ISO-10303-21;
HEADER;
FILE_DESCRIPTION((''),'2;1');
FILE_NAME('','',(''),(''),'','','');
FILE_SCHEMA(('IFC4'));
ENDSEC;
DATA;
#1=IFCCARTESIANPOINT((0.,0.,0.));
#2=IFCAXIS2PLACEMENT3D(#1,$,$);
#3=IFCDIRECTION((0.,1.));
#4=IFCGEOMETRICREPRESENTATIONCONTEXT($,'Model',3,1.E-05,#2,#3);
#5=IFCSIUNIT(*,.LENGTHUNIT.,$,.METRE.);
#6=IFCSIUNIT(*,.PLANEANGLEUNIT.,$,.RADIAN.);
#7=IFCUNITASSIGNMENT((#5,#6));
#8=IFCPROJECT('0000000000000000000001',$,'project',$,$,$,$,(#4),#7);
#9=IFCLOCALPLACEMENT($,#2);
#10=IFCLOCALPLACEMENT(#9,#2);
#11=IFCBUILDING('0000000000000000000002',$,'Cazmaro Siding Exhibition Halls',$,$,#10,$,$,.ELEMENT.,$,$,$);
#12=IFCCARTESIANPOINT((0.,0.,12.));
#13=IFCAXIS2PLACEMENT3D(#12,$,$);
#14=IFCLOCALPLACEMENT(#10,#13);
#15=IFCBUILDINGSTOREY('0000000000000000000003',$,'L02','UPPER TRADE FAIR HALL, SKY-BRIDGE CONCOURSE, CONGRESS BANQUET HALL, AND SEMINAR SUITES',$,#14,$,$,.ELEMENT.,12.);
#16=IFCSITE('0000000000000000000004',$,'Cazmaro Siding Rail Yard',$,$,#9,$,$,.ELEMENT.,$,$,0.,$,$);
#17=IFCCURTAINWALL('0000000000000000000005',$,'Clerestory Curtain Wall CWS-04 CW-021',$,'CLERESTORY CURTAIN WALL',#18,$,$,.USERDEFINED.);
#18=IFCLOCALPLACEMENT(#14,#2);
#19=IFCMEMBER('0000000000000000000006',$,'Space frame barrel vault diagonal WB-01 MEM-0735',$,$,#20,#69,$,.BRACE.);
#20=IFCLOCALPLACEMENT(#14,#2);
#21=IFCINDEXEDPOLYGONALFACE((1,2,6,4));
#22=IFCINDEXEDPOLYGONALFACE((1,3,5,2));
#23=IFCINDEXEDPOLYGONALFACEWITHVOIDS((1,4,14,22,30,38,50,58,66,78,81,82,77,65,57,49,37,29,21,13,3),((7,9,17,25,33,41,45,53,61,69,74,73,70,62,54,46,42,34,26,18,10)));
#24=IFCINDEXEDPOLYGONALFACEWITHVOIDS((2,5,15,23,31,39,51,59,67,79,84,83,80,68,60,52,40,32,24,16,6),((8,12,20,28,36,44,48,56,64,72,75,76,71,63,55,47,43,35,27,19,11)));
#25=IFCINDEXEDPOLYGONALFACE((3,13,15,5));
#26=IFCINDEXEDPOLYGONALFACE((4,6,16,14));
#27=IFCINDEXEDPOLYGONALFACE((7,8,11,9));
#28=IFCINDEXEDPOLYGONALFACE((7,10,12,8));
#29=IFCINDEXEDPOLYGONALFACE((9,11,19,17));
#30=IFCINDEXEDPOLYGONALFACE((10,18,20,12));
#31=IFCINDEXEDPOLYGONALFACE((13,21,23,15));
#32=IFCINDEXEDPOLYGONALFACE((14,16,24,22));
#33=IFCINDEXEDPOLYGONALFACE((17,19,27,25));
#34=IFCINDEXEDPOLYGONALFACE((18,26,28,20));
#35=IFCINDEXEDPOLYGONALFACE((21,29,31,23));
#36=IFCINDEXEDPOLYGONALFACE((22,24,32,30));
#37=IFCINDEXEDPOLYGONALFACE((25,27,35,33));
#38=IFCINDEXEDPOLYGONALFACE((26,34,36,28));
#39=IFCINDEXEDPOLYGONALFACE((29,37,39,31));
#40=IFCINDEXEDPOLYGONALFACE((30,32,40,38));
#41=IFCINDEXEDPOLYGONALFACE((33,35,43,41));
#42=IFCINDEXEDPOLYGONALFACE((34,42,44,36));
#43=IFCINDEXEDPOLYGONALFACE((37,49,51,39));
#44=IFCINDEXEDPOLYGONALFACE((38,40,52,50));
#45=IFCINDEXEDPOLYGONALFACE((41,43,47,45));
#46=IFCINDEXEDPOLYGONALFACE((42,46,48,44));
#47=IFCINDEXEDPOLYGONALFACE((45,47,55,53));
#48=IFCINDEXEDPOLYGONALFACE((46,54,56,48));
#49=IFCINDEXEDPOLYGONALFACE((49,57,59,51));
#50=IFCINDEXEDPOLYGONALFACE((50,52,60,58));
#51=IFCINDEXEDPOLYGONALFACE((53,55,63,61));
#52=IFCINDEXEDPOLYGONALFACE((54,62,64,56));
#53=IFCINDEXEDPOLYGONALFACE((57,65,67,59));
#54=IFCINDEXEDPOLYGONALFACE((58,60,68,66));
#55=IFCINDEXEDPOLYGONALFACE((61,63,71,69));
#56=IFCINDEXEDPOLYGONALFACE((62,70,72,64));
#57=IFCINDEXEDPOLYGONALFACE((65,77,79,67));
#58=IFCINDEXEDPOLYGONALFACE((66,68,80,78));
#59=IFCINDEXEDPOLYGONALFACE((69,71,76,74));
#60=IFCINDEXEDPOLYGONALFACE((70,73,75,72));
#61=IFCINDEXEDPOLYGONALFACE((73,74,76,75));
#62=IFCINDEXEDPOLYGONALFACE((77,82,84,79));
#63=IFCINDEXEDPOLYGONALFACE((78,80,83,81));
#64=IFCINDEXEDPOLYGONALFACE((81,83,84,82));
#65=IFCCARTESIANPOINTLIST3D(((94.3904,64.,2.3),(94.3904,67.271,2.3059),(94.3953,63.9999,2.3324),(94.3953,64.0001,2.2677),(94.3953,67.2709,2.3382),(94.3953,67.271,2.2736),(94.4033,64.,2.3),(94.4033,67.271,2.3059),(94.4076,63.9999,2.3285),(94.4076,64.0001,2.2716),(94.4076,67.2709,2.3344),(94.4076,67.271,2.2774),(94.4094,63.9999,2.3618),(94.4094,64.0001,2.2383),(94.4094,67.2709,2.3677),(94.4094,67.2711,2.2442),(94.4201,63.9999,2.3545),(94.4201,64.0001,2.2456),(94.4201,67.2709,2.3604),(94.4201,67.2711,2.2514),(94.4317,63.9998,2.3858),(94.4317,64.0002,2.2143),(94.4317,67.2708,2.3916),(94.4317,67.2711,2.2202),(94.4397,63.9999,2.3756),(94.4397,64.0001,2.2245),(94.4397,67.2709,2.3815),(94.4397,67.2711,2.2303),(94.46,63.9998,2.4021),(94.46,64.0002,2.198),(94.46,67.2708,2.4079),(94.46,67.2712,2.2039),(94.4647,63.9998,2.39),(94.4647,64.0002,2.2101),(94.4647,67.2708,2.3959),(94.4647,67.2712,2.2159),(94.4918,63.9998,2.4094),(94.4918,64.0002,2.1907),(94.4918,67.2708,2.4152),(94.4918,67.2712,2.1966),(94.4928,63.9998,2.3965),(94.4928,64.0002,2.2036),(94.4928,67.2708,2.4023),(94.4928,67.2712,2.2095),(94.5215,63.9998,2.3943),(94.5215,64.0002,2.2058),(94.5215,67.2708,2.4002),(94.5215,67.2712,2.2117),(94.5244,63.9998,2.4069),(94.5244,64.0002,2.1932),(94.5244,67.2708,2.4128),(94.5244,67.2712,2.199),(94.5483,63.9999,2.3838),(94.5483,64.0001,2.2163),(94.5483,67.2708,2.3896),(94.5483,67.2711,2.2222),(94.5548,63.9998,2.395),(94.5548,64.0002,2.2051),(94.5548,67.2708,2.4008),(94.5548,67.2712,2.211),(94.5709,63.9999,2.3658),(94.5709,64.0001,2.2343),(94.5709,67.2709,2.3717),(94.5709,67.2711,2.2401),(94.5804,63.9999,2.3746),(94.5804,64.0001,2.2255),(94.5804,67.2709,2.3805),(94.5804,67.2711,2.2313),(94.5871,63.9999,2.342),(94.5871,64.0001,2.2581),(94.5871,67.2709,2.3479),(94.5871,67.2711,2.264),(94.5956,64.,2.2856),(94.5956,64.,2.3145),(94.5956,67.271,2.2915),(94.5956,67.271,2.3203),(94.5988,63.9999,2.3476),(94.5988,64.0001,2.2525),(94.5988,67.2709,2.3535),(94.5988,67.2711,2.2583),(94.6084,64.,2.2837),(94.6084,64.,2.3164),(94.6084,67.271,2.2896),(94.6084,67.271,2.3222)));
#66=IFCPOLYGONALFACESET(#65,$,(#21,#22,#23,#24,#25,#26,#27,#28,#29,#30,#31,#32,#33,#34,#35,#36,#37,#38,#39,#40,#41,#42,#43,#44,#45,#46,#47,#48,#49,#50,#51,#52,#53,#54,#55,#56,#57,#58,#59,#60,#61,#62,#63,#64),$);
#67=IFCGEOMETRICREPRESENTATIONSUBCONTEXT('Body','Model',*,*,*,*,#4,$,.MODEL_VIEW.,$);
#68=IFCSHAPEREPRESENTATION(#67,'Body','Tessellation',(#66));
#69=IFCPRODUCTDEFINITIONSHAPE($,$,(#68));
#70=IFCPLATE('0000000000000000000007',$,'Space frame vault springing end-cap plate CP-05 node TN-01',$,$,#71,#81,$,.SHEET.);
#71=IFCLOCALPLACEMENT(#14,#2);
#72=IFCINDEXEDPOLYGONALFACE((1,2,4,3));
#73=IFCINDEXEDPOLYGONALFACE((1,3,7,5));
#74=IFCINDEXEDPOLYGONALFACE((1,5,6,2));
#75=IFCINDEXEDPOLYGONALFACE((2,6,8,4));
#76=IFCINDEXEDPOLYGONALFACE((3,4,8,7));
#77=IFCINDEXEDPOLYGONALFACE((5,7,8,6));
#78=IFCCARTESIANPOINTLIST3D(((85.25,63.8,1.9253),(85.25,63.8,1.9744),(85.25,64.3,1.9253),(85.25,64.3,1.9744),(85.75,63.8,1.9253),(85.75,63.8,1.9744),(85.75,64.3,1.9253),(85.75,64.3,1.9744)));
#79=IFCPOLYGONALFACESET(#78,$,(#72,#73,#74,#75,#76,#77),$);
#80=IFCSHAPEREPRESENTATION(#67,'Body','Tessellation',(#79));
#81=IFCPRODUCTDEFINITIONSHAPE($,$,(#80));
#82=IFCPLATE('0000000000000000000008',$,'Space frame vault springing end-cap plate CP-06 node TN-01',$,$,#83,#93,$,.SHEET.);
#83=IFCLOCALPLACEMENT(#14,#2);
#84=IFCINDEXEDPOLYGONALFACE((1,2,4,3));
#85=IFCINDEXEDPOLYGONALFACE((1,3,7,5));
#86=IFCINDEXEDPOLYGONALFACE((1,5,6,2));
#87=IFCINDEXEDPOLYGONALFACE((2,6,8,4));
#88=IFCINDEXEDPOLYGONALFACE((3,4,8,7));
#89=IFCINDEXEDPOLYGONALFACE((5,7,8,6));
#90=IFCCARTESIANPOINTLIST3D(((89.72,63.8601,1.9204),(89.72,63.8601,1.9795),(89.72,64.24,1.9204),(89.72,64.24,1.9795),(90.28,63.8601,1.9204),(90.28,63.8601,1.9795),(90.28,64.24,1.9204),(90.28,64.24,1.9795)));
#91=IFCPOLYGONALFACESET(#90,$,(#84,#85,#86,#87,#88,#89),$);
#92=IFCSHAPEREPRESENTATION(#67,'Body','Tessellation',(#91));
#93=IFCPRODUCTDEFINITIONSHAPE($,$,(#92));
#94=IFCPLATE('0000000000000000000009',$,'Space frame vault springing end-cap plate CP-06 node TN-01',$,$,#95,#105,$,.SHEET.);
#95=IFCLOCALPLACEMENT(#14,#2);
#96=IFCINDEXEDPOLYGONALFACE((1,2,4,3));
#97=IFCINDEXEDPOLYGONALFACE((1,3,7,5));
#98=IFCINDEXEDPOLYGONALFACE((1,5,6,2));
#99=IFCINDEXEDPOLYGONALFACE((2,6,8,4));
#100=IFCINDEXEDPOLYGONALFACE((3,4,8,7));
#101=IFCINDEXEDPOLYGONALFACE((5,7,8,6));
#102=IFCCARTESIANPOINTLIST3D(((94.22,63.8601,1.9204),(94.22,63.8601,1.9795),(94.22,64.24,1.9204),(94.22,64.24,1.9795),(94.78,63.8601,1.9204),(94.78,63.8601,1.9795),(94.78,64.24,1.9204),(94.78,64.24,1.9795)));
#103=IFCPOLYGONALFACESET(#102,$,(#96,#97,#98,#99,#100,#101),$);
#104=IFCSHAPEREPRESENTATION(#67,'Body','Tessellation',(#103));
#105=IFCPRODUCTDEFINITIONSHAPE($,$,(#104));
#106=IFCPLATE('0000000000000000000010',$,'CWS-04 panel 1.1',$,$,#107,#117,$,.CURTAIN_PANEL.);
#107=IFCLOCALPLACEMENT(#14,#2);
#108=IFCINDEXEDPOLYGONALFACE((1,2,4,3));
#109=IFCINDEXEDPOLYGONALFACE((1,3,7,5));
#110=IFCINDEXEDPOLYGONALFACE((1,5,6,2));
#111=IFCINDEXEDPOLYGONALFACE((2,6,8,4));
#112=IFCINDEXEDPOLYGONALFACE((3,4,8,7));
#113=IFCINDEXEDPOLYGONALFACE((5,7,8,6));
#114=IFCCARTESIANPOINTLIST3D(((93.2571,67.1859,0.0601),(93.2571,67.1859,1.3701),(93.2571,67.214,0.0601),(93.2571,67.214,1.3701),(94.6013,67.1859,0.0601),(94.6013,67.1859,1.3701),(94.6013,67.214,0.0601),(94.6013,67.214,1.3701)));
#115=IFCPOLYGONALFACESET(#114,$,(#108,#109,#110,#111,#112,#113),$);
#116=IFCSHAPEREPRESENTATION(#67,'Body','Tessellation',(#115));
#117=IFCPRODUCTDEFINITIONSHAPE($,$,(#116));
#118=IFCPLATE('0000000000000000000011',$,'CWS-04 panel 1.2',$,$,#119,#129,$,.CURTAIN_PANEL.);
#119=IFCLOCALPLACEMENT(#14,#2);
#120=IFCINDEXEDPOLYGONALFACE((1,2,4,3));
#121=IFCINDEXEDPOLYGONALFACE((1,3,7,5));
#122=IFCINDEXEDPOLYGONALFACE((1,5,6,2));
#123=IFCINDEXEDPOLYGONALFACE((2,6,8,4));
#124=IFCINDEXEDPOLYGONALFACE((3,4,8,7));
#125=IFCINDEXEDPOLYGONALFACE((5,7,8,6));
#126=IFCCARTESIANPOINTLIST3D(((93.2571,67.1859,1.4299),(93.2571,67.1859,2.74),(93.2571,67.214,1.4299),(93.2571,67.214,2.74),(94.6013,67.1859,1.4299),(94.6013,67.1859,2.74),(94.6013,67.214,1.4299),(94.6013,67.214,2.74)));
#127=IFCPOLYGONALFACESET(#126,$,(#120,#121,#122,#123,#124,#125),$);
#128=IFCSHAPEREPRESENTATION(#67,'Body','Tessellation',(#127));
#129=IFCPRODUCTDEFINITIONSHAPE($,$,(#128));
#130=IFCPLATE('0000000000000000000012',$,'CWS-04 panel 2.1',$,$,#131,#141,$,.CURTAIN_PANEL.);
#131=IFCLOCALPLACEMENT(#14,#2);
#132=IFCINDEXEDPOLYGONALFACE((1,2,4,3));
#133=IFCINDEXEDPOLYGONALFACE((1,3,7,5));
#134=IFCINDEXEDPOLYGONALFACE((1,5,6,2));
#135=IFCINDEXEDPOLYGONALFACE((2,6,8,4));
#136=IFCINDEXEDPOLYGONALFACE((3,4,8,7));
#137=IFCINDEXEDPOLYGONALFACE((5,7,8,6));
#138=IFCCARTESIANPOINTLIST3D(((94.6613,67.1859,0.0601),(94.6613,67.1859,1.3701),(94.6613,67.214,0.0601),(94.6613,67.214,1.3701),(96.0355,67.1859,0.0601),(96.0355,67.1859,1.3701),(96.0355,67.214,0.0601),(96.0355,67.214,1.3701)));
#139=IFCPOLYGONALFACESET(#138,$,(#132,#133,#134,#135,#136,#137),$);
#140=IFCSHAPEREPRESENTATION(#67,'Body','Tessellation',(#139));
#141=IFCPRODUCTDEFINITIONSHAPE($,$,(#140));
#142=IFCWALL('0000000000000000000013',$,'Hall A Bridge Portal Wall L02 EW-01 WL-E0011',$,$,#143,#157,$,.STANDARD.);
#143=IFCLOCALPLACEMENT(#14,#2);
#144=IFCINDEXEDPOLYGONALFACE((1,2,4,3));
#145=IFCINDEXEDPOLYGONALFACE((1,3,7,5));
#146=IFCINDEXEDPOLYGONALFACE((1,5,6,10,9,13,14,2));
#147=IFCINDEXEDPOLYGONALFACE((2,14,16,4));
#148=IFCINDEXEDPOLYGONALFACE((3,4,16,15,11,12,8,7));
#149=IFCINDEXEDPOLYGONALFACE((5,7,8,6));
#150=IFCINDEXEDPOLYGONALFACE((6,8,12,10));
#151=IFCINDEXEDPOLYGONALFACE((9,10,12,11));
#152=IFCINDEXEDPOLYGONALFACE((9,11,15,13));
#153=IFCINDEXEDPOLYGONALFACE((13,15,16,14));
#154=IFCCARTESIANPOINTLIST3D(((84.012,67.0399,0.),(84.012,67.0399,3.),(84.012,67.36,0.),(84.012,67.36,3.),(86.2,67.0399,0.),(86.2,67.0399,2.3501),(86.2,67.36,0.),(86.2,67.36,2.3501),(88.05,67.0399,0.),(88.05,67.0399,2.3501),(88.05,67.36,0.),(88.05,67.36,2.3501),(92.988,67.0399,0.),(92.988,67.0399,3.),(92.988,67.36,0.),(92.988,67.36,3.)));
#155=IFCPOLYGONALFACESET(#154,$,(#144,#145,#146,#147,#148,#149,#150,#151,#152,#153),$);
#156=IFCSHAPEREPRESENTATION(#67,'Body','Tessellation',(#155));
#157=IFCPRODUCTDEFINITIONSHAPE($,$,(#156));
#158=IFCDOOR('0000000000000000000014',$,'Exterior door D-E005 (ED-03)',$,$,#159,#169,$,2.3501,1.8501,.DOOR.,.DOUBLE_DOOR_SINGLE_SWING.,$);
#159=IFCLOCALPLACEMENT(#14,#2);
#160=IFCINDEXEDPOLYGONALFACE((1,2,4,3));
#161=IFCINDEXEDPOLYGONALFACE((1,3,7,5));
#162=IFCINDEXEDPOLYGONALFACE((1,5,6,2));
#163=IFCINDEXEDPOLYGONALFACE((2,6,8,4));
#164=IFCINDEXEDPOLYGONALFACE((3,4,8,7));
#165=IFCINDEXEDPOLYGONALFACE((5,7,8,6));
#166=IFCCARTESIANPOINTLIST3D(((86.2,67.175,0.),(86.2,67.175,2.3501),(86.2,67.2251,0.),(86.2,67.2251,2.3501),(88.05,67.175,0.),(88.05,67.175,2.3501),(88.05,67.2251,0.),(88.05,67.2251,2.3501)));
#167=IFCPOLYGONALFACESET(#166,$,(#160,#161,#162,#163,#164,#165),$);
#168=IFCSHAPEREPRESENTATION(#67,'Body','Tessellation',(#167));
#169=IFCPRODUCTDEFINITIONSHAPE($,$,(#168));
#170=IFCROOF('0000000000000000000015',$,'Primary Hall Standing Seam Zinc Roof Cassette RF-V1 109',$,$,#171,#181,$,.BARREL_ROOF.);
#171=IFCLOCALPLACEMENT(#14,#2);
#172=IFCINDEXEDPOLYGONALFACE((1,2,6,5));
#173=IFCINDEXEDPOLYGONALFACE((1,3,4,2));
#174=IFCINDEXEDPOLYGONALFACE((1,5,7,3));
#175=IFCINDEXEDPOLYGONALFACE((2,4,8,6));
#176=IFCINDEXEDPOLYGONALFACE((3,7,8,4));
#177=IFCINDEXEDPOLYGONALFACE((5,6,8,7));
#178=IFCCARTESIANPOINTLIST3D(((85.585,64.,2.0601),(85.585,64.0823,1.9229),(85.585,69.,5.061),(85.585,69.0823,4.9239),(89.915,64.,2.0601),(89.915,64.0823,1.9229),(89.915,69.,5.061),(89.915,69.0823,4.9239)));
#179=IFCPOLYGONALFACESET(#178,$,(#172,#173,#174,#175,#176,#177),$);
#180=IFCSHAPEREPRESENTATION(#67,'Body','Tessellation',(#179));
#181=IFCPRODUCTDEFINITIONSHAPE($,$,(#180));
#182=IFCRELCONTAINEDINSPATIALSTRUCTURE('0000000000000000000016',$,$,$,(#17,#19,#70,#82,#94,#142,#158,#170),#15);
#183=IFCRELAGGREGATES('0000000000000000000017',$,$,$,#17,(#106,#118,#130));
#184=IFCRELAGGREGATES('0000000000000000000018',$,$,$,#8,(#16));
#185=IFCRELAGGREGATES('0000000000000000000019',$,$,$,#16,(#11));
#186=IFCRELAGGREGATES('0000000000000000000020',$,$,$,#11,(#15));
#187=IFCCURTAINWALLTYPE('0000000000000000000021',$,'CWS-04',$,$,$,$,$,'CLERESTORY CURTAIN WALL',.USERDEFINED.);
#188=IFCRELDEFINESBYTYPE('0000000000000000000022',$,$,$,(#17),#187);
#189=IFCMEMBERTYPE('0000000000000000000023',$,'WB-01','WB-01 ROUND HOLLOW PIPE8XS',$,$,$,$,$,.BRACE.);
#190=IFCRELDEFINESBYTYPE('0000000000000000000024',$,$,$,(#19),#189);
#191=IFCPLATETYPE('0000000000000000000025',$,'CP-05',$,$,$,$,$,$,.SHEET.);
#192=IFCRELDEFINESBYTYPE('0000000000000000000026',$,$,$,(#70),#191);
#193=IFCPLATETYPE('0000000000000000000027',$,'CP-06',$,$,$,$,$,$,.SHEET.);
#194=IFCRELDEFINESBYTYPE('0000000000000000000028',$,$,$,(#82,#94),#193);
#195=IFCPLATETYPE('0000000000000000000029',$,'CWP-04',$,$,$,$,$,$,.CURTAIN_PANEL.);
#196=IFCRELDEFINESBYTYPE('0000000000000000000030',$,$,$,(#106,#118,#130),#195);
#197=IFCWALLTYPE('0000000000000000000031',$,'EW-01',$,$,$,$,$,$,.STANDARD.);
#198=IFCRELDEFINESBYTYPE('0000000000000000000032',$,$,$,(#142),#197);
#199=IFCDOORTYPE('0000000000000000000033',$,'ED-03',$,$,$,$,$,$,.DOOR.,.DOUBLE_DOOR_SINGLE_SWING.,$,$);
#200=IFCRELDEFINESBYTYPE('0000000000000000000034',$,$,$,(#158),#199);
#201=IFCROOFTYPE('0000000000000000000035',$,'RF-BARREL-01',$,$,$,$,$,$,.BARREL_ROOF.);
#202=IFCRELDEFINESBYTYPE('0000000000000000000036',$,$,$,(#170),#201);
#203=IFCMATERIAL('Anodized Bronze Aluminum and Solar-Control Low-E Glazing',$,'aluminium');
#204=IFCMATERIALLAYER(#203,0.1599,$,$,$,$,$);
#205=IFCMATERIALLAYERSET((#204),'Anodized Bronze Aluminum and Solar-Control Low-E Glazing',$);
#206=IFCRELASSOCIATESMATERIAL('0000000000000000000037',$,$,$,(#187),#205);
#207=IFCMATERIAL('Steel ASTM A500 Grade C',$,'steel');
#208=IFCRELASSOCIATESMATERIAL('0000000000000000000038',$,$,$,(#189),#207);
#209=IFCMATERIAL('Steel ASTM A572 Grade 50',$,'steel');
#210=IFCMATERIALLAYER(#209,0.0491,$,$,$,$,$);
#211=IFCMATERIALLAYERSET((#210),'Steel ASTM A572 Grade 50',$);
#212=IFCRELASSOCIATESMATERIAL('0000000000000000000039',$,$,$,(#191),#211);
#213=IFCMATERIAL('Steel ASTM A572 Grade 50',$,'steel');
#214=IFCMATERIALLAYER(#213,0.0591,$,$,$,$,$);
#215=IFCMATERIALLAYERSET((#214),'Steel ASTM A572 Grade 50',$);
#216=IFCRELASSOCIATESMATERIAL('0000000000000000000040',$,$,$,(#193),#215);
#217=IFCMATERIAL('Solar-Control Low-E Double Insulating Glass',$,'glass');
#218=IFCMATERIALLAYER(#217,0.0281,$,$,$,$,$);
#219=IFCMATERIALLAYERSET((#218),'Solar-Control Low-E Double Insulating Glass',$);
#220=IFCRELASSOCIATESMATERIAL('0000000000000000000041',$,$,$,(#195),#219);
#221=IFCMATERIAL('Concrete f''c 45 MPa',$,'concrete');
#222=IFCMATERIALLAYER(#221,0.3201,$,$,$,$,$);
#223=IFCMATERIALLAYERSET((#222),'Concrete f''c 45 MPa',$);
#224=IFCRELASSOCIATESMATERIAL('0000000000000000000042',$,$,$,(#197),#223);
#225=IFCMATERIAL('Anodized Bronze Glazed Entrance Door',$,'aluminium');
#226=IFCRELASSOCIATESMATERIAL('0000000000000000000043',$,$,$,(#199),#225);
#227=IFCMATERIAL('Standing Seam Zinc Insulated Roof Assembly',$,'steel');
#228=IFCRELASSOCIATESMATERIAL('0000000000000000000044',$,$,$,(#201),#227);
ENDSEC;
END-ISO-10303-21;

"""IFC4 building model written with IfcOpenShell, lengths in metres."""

from ifc_helpers import new_model, si_unit, direction, frame, frame_2d, origin, origin_2d, place, context, subcontext, project, spatial, polyline, rectangle, hollow_circle, outline, extrude, material, layer, layer_set, material_profile, profile_set, type_object, element, fill, aggregate, save


model = new_model("IFC4")

# Units and contexts
model_context = context("Model", 3, precision=1e-05, world=origin(), true_north=direction((0.0, 1.0)))
body_context = subcontext(model_context, "Body", "Model", "MODEL_VIEW")
ifc_project = project(units=[si_unit("LENGTHUNIT", "METRE"), si_unit("PLANEANGLEUNIT", "RADIAN")], contexts=[model_context])

# Site, building, storey
site_placement = place(None, origin())
site = spatial("IfcSite", under=ifc_project, at=site_placement, Name="Cazmaro Siding Rail Yard", CompositionType="ELEMENT", RefElevation=0.0)
building_placement = place(site_placement, origin())
building = spatial("IfcBuilding", under=site, at=building_placement, Name="Cazmaro Siding Exhibition Halls", CompositionType="ELEMENT")
storey_placement = place(building_placement, frame((0.0, 0.0, 12.0)))
storey = spatial("IfcBuildingStorey", under=building, at=storey_placement, Name="L02", Description="UPPER TRADE FAIR HALL, SKY-BRIDGE CONCOURSE, CONGRESS BANQUET HALL, AND SEMINAR SUITES", CompositionType="ELEMENT", Elevation=12.0)

# Curtain wall
ifc_material_1 = material(Name="Anodized Bronze Aluminum and Solar-Control Low-E Glazing", Category="aluminium")
ifc_layer_1 = layer(ifc_material_1, 0.1599)
ifc_layer_set_1 = layer_set([ifc_layer_1], Name="Anodized Bronze Aluminum and Solar-Control Low-E Glazing")
curtain_wall_type = type_object("IfcCurtainWallType", Name="CWS-04", ElementType="CLERESTORY CURTAIN WALL", PredefinedType="USERDEFINED", material=ifc_layer_set_1)
curtain_wall_placement = place(storey_placement, origin())
curtain_wall = element("IfcCurtainWall", 1, at=curtain_wall_placement, inside=storey, type_object=curtain_wall_type, Name="Clerestory Curtain Wall CWS-04 CW-021", ObjectType="CLERESTORY CURTAIN WALL", PredefinedType="USERDEFINED")

# Member
ifc_material_2 = material(Name="Steel ASTM A500 Grade C", Category="steel")
ifc_material_profile_1 = material_profile(ifc_material_2, hollow_circle(Radius=0.1096, WallThickness=0.0129, at=origin_2d()), Name="PIPE8XS")
ifc_profile_set_1 = profile_set([ifc_material_profile_1], Name="Steel ASTM A500 Grade C")
member_type_1 = type_object("IfcMemberType", Name="WB-01", Description="WB-01 ROUND HOLLOW PIPE8XS", PredefinedType="BRACE", material=ifc_profile_set_1)
for number, where, z_axis, x_axis, name in (
    (2, (94.5, 64.0, 2.3), (0.0, 0.999998, 0.001791), (-1.0, 0.0, 0.0), "Space frame barrel vault diagonal WB-01 MEM-0735"),
):
    element("IfcMember", number, at=place(storey_placement, frame(where, z_axis=z_axis, x_axis=x_axis)), inside=storey, type_object=member_type_1, Name=name, PredefinedType="BRACE", context=body_context, shape_type="SweptSolid", body=[
        extrude(hollow_circle(Radius=0.1096, WallThickness=0.0129, at=origin_2d()), origin(), (0.0, 0.0, 1.0), 3.271),
    ])

# Plates
ifc_material_3 = material(Name="Steel ASTM A572 Grade 50", Category="steel")
ifc_layer_2 = layer(ifc_material_3, 0.0491)
ifc_layer_set_2 = layer_set([ifc_layer_2], Name="Steel ASTM A572 Grade 50")
plate_type_1 = type_object("IfcPlateType", Name="CP-05", PredefinedType="SHEET", material=ifc_layer_set_2)
plate_1_placement = place(storey_placement, frame((85.5, 64.05, 1.9253), z_axis=(0.0, 0.0, 1.0), x_axis=(1.0, 0.0, 0.0)))
element("IfcPlate", 3, at=plate_1_placement, inside=storey, type_object=plate_type_1, Name="Space frame vault springing end-cap plate CP-05 node TN-01", PredefinedType="SHEET", context=body_context, shape_type="SweptSolid", body=[
    extrude(rectangle(XDim=0.5, YDim=0.5, at=origin_2d()), origin(), (0.0, 0.0, 1.0), 0.0491),
])
ifc_material_4 = material(Name="Steel ASTM A572 Grade 50", Category="steel")
ifc_layer_3 = layer(ifc_material_4, 0.0591)
ifc_layer_set_3 = layer_set([ifc_layer_3], Name="Steel ASTM A572 Grade 50")
plate_type_2 = type_object("IfcPlateType", Name="CP-06", PredefinedType="SHEET", material=ifc_layer_set_3)
for number, where, z_axis, x_axis, name in (
    (4, (90.0, 64.05, 1.9204), (0.0, 0.0, 1.0), (1.0, 0.0, 0.0), "Space frame vault springing end-cap plate CP-06 node TN-01"),
    (5, (94.5, 64.05, 1.9204), (0.0, 0.0, 1.0), (1.0, 0.0, 0.0), "Space frame vault springing end-cap plate CP-06 node TN-01"),
):
    element("IfcPlate", number, at=place(storey_placement, frame(where, z_axis=z_axis, x_axis=x_axis)), inside=storey, type_object=plate_type_2, Name=name, PredefinedType="SHEET", context=body_context, shape_type="SweptSolid", body=[
        extrude(rectangle(XDim=0.5601, YDim=0.3799, at=origin_2d()), origin(), (0.0, 0.0, 1.0), 0.0591),
    ])

# Plates
ifc_material_5 = material(Name="Solar-Control Low-E Double Insulating Glass", Category="glass")
ifc_layer_4 = layer(ifc_material_5, 0.0281)
ifc_layer_set_4 = layer_set([ifc_layer_4], Name="Solar-Control Low-E Double Insulating Glass")
plate_type_3 = type_object("IfcPlateType", Name="CWP-04", PredefinedType="CURTAIN_PANEL", material=ifc_layer_set_4)
plate_2_placement = place(storey_placement, frame((93.9292, 67.2, 0.0601), z_axis=(0.0, 0.0, 1.0), x_axis=(1.0, 0.0, 0.0)))
plate_2 = element("IfcPlate", 6, at=plate_2_placement, type_object=plate_type_3, Name="CWS-04 panel 1.1", PredefinedType="CURTAIN_PANEL", context=body_context, shape_type="SweptSolid", body=[
    extrude(rectangle(XDim=1.3442, YDim=0.0281, at=origin_2d()), origin(), (0.0, 0.0, 1.0), 1.3101),
])
plate_3_placement = place(storey_placement, frame((93.9292, 67.2, 1.4299), z_axis=(0.0, 0.0, 1.0), x_axis=(1.0, 0.0, 0.0)))
plate_3 = element("IfcPlate", 7, at=plate_3_placement, type_object=plate_type_3, Name="CWS-04 panel 1.2", PredefinedType="CURTAIN_PANEL", context=body_context, shape_type="SweptSolid", body=[
    extrude(rectangle(XDim=1.3442, YDim=0.0281, at=origin_2d()), origin(), (0.0, 0.0, 1.0), 1.3101),
])
plate_4_placement = place(storey_placement, frame((95.3484, 67.2, 0.0601), z_axis=(0.0, 0.0, 1.0), x_axis=(1.0, 0.0, 0.0)))
plate_4 = element("IfcPlate", 8, at=plate_4_placement, type_object=plate_type_3, Name="CWS-04 panel 2.1", PredefinedType="CURTAIN_PANEL", context=body_context, shape_type="SweptSolid", body=[
    extrude(rectangle(XDim=1.3743, YDim=0.0281, at=origin_2d()), origin(), (0.0, 0.0, 1.0), 1.3101),
])
aggregate(curtain_wall, [plate_2, plate_3, plate_4])

# Wall, opening, door
ifc_material_6 = material(Name="Concrete f'c 45 MPa", Category="concrete")
ifc_layer_5 = layer(ifc_material_6, 0.3201)
ifc_layer_set_5 = layer_set([ifc_layer_5], Name="Concrete f'c 45 MPa")
wall_type = type_object("IfcWallType", Name="EW-01", PredefinedType="STANDARD", material=ifc_layer_set_5)
wall_placement = place(storey_placement, frame((92.988, 67.2, 0.0), z_axis=(0.0, 0.0, 1.0), x_axis=(-1.0, 0.0, 0.0)))
wall = element("IfcWall", 9, at=wall_placement, inside=storey, type_object=wall_type, Name="Hall A Bridge Portal Wall L02 EW-01 WL-E0011", PredefinedType="STANDARD", context=body_context, shape_type="SweptSolid", body=[
    extrude(rectangle(XDim=8.9761, YDim=0.3201, at=frame_2d((4.488, 0.0))), origin(), (0.0, 0.0, 1.0), 3.0),
])
opening_placement = place(wall_placement, frame((4.938, 0.0, 0.0)))
opening = element("IfcOpeningElement", 10, at=opening_placement, cuts=wall, PredefinedType="OPENING", context=body_context, shape_type="SweptSolid", body=[
    extrude(rectangle(XDim=1.8501, YDim=2.3501, at=frame_2d((0.925, 1.175))), frame((0.0, 0.1699, 0.0), z_axis=(0.0, -1.0, 0.0), x_axis=(1.0, 0.0, 0.0)), (0.0, 0.0, 1.0), 0.3401),
])
ifc_material_7 = material(Name="Anodized Bronze Glazed Entrance Door", Category="aluminium")
door_type = type_object("IfcDoorType", Name="ED-03", OperationType="DOUBLE_DOOR_SINGLE_SWING", PredefinedType="DOOR", material=ifc_material_7)
door_placement = place(opening_placement, origin())
door = element("IfcDoor", 11, at=door_placement, inside=storey, type_object=door_type, Name="Exterior door D-E005 (ED-03)", OperationType="DOUBLE_DOOR_SINGLE_SWING", OverallHeight=2.3501, OverallWidth=1.8501, PredefinedType="DOOR", context=body_context, shape_type="SweptSolid", body=[
    extrude(rectangle(XDim=1.8501, YDim=2.3501, at=frame_2d((0.925, 1.175))), frame((0.0, 0.0249, 0.0), z_axis=(0.0, -1.0, 0.0), x_axis=(1.0, 0.0, 0.0)), (0.0, 0.0, 1.0), 0.05),
])
fill(opening, door)

# Roof
ifc_material_8 = material(Name="Standing Seam Zinc Insulated Roof Assembly", Category="steel")
roof_type = type_object("IfcRoofType", Name="RF-BARREL-01", PredefinedType="BARREL_ROOF", material=ifc_material_8)
for number, where, z_axis, x_axis, name in (
    (12, (85.585, 64.0, 2.0601), (0.0, -0.514619, 0.857419), (1.0, 0.0, 0.0), "Primary Hall Standing Seam Zinc Roof Cassette RF-V1 109"),
):
    element("IfcRoof", number, at=place(storey_placement, frame(where, z_axis=z_axis, x_axis=x_axis)), inside=storey, type_object=roof_type, Name=name, PredefinedType="BARREL_ROOF", context=body_context, shape_type="SweptSolid", body=[
        extrude(outline(polyline([(0.0, 0.0), (4.3301, 0.0), (4.3301, 5.8315), (0.0, 5.8315), (0.0, 0.0)])), origin(), (0.0, 0.0, -1.0), 0.1599),
    ])

save(model, "model.ifc")
